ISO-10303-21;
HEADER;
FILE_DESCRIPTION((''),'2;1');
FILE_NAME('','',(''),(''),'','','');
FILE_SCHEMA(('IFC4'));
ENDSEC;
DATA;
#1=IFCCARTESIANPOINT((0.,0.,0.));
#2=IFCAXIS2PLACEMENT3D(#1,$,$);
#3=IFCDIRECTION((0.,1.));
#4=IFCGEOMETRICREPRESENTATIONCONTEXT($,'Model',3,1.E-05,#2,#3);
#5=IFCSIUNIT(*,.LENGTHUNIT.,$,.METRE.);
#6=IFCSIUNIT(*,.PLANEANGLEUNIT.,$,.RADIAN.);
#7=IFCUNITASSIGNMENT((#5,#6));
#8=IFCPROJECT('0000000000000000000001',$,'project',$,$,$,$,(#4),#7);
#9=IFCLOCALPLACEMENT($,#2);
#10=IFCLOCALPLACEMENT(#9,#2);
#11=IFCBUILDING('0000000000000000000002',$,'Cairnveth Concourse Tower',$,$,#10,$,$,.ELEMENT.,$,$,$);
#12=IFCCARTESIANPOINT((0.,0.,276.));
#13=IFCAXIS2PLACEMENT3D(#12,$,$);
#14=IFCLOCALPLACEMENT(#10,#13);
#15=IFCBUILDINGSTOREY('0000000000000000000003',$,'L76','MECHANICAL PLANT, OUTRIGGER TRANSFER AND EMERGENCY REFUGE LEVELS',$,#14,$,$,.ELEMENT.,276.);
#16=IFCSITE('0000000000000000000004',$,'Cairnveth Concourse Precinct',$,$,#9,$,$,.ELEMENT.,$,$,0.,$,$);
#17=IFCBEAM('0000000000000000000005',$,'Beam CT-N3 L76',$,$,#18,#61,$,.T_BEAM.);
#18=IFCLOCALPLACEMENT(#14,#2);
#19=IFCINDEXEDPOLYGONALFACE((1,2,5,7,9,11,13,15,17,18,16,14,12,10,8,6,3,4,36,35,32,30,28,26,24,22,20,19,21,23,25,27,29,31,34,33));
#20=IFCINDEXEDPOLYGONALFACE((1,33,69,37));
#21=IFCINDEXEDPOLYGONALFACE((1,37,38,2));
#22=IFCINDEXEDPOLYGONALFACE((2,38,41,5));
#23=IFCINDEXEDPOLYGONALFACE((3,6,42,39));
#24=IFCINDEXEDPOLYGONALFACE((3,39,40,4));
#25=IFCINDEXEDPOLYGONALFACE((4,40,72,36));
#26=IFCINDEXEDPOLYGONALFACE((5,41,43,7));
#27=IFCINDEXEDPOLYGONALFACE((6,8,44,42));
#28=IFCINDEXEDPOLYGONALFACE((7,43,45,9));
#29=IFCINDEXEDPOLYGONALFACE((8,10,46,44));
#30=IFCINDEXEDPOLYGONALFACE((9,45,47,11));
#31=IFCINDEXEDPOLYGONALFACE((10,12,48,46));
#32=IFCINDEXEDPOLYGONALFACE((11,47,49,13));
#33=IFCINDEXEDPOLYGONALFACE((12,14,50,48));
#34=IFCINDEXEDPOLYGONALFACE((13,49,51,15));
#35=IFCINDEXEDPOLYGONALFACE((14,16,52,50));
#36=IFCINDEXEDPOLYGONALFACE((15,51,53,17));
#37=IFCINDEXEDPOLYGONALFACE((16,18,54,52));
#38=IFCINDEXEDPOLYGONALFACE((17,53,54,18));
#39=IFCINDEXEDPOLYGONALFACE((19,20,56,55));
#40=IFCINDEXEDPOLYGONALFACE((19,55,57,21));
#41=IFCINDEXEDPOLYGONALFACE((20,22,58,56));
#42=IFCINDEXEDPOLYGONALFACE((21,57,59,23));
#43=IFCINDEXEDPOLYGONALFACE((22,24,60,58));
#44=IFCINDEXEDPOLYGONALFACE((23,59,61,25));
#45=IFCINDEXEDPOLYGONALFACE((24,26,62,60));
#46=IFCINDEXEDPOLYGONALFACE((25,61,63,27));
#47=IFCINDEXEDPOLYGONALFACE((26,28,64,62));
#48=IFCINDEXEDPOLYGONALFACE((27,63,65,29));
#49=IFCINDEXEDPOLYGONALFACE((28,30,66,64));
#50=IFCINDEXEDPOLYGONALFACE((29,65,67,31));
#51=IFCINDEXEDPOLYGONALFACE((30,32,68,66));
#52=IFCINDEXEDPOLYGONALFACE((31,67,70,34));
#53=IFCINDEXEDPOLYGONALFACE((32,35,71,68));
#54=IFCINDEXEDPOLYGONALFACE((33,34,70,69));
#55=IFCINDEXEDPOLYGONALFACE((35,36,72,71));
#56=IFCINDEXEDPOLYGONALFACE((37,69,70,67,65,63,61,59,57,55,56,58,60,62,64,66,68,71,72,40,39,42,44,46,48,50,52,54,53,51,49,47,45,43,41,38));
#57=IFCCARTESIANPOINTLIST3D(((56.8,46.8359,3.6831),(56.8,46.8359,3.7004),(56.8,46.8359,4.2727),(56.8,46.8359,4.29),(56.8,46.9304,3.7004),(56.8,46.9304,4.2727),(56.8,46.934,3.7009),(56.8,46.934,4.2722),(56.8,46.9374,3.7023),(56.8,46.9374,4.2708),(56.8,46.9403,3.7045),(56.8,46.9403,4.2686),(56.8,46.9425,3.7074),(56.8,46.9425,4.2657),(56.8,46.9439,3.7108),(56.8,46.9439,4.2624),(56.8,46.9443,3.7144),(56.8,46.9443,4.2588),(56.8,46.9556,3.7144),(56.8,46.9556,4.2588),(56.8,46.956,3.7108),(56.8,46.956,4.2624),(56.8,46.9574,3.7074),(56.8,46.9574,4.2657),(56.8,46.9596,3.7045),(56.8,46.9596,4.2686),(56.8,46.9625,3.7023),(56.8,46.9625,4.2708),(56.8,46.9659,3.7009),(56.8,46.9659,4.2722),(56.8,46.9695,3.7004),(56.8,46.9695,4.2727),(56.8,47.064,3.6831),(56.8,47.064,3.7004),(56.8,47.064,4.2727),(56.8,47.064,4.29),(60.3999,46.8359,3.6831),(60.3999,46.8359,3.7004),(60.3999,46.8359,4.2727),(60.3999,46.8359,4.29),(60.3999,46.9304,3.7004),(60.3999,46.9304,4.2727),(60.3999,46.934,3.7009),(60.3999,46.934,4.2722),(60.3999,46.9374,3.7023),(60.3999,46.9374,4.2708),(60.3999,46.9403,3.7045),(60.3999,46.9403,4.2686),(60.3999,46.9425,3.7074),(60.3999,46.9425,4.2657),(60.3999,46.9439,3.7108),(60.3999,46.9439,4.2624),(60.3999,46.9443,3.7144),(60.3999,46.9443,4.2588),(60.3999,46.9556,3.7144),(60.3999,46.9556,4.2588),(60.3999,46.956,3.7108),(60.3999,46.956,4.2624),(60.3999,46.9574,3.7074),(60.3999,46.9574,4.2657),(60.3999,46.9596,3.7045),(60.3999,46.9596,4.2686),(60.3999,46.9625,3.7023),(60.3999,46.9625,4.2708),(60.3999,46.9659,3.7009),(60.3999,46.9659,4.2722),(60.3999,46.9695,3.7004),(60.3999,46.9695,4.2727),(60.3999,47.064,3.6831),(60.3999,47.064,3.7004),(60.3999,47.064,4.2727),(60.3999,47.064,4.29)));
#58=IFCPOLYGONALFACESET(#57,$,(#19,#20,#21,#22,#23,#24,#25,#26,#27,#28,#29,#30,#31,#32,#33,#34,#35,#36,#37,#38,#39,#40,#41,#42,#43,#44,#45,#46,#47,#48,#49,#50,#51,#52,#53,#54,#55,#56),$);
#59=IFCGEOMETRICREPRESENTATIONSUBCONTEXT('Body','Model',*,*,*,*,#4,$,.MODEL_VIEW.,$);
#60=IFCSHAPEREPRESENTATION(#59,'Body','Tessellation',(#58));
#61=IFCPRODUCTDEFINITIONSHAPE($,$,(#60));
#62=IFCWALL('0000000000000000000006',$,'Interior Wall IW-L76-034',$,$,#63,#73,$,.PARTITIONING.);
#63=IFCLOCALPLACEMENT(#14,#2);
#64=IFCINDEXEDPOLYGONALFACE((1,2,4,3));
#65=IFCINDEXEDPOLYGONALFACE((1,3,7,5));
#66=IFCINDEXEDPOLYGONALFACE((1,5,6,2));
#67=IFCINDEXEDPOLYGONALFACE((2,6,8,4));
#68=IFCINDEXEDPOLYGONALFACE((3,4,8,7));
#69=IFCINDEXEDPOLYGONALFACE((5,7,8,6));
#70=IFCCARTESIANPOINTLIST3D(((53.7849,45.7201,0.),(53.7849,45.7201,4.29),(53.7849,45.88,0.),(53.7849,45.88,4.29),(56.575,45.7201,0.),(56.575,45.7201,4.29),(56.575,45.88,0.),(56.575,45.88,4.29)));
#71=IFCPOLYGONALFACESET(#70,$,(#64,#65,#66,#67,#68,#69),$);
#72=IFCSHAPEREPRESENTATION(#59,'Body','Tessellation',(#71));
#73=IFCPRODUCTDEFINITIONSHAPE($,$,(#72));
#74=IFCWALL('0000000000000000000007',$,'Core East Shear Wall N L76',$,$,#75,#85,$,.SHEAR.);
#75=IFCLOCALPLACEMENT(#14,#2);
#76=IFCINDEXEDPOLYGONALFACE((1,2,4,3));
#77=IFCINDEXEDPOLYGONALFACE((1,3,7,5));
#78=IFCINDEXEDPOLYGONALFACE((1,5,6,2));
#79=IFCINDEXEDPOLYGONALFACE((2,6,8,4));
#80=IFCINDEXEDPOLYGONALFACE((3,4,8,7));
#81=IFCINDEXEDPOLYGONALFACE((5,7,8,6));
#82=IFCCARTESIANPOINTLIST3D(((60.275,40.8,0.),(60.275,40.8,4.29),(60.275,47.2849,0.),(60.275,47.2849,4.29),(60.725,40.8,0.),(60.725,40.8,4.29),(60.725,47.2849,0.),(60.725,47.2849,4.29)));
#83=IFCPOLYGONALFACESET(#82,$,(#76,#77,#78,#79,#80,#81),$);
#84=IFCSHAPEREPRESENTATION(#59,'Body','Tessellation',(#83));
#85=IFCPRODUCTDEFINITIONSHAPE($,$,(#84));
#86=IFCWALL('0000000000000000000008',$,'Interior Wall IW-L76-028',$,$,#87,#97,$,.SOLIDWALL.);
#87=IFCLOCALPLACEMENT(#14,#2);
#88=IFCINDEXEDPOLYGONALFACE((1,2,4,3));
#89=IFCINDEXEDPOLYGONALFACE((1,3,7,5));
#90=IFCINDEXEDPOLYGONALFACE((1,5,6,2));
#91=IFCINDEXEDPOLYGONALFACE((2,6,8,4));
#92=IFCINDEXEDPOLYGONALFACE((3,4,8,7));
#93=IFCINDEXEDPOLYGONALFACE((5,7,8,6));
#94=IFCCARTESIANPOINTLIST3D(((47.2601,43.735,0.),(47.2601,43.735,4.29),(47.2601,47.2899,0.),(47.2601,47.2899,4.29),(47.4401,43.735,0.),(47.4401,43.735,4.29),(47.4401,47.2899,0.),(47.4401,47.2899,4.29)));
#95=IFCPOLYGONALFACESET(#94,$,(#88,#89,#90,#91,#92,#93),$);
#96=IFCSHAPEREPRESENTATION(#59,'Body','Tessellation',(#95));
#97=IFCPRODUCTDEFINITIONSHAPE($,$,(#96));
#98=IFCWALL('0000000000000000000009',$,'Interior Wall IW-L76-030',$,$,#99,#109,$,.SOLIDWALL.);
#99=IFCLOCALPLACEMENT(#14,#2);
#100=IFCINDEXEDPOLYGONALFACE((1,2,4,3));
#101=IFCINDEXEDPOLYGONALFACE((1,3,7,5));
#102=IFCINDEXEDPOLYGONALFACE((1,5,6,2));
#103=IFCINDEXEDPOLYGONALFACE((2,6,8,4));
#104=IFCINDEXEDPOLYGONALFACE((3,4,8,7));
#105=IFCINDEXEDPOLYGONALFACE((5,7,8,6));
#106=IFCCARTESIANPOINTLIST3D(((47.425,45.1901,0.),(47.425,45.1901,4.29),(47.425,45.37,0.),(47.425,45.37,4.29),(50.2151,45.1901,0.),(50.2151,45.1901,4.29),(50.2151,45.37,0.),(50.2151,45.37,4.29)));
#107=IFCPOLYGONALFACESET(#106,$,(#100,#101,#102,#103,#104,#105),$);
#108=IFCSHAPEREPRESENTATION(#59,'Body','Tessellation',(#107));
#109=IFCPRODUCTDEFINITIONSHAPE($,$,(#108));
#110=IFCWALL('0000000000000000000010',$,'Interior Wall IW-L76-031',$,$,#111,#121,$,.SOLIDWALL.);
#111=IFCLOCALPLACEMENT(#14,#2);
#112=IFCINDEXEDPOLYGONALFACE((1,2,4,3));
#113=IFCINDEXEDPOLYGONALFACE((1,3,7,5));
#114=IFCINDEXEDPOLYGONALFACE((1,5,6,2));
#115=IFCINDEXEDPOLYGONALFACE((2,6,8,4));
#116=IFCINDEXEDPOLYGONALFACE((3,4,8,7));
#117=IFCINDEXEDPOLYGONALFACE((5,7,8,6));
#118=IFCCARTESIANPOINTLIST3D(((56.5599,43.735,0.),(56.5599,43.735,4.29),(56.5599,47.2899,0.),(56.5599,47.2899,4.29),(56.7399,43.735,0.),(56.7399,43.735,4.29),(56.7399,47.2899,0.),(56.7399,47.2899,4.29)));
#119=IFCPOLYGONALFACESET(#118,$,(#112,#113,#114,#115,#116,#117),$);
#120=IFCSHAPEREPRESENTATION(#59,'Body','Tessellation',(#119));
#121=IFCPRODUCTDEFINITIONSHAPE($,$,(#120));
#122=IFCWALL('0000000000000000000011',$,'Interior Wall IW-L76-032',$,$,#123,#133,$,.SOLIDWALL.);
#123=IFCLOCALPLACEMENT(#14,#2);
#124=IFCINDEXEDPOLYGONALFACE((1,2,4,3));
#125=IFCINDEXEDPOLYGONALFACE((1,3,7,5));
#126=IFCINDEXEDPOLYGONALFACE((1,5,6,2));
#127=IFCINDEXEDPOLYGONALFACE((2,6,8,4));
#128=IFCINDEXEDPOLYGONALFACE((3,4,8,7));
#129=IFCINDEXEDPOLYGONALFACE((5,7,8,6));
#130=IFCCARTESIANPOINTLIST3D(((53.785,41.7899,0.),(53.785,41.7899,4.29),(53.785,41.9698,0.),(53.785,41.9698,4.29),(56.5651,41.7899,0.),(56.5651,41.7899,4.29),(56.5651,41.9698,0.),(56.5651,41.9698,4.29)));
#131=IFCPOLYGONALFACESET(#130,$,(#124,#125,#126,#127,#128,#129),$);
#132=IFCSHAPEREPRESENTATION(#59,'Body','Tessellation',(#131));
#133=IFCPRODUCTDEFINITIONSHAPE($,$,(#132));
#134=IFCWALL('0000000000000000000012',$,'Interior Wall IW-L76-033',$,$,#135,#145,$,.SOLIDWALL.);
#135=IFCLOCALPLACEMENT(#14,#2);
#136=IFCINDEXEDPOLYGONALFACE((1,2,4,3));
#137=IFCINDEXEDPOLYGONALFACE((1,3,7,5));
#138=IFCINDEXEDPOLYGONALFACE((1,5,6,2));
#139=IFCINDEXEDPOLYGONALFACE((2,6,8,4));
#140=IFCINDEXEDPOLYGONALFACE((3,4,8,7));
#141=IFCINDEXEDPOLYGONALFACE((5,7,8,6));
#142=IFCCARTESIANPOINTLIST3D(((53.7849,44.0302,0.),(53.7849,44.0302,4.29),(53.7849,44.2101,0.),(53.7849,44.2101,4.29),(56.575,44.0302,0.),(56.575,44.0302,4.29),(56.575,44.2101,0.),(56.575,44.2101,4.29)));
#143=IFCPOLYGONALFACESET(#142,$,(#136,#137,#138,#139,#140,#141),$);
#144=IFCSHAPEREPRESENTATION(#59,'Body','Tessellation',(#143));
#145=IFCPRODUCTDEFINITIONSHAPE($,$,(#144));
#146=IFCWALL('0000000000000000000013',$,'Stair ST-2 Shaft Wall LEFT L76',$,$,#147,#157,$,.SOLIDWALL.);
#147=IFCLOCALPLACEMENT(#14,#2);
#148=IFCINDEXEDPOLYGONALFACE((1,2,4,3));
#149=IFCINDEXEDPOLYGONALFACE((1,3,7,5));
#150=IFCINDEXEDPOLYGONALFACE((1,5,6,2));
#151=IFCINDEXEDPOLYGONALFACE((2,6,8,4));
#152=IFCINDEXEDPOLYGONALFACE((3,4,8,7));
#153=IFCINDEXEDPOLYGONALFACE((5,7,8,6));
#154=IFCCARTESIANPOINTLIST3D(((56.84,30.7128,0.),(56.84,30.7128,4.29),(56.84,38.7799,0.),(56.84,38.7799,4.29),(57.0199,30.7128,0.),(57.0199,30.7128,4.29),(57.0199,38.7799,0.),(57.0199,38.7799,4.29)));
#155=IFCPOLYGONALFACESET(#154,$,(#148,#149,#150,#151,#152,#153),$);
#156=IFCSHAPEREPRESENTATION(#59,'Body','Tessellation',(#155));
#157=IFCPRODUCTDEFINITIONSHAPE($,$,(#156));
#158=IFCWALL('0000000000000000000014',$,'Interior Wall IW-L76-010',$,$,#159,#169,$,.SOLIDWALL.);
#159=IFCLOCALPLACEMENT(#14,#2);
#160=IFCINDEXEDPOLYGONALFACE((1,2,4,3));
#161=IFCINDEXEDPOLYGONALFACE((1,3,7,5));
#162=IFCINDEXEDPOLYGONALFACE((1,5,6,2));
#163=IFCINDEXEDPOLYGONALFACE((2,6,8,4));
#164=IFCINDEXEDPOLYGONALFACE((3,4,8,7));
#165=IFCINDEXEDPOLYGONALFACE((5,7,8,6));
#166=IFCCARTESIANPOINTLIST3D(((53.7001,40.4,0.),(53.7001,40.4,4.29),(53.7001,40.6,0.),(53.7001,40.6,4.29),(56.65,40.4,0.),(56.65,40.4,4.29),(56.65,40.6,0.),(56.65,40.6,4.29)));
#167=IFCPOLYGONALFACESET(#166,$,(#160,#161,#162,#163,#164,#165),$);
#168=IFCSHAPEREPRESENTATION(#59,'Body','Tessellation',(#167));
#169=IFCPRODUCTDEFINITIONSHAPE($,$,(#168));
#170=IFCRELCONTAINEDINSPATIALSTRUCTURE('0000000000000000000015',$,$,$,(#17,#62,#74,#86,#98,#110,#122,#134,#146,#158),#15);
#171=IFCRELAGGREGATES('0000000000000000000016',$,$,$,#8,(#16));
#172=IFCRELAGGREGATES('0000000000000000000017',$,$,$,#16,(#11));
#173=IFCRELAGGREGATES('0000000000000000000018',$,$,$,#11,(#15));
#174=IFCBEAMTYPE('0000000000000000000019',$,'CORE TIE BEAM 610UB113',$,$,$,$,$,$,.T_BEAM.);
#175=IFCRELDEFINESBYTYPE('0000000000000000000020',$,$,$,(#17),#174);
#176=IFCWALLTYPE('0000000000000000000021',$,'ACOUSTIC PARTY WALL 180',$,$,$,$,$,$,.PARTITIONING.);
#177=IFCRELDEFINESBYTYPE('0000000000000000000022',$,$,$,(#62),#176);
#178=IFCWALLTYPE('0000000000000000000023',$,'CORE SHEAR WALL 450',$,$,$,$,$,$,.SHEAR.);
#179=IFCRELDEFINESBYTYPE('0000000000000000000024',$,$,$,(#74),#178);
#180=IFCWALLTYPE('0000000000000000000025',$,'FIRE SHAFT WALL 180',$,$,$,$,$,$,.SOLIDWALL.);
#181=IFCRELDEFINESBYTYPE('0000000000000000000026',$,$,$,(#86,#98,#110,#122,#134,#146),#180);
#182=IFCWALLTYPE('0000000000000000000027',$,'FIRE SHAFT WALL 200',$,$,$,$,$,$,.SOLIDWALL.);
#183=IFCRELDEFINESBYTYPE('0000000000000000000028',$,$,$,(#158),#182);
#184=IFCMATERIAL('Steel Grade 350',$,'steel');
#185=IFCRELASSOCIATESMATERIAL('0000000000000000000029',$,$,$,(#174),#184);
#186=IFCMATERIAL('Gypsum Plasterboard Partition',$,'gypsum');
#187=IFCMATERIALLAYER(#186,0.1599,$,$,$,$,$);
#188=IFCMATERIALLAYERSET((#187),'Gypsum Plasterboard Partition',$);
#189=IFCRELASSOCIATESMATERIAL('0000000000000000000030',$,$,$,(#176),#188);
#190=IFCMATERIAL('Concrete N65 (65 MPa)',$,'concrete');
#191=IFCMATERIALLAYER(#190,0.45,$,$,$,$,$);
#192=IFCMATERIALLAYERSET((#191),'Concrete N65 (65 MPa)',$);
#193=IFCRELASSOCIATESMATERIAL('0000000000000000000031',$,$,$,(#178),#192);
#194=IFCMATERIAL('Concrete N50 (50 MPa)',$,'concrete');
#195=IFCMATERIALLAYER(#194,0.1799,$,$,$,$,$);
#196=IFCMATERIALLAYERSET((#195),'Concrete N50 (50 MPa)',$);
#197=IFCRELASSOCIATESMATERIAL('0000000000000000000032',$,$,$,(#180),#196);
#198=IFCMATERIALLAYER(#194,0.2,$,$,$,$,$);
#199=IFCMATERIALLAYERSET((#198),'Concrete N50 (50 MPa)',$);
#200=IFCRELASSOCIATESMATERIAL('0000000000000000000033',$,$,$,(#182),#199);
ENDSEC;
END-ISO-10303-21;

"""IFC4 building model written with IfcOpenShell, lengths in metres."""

from ifc_helpers import new_model, si_unit, direction, frame, frame_2d, origin, origin_2d, place, context, subcontext, project, spatial, rectangle, i_section, extrude, material, layer, layer_set, material_profile, profile_set, type_object, element, save


model = new_model("IFC4")

# Units and contexts
model_context = context("Model", 3, precision=1e-05, world=origin(), true_north=direction((0.0, 1.0)))
body_context = subcontext(model_context, "Body", "Model", "MODEL_VIEW")
ifc_project = project(units=[si_unit("LENGTHUNIT", "METRE"), si_unit("PLANEANGLEUNIT", "RADIAN")], contexts=[model_context])

# Site, building, storey
site_placement = place(None, origin())
site = spatial("IfcSite", under=ifc_project, at=site_placement, Name="Cairnveth Concourse Precinct", CompositionType="ELEMENT", RefElevation=0.0)
building_placement = place(site_placement, origin())
building = spatial("IfcBuilding", under=site, at=building_placement, Name="Cairnveth Concourse Tower", CompositionType="ELEMENT")
storey_placement = place(building_placement, frame((0.0, 0.0, 276.0)))
storey = spatial("IfcBuildingStorey", under=building, at=storey_placement, Name="L76", Description="MECHANICAL PLANT, OUTRIGGER TRANSFER AND EMERGENCY REFUGE LEVELS", CompositionType="ELEMENT", Elevation=276.0)

# Beam
ifc_material_1 = material(Name="Steel Grade 350", Category="steel")
ifc_material_profile = material_profile(ifc_material_1, i_section(OverallWidth=0.228, OverallDepth=0.6069, WebThickness=0.0112, FlangeThickness=0.0173, FilletRadius=0.0139, at=origin_2d()), Name="610UB113")
ifc_profile_set = profile_set([ifc_material_profile], Name="Steel Grade 350")
beam_type = type_object("IfcBeamType", Name="CORE TIE BEAM 610UB113", PredefinedType="T_BEAM", material=ifc_profile_set)
beam_placement = place(storey_placement, frame((56.8, 46.95, 3.9866), z_axis=(1.0, 0.0, 0.0), x_axis=(0.0, 1.0, 0.0)))
element("IfcBeam", 1, at=beam_placement, inside=storey, type_object=beam_type, Name="Beam CT-N3 L76", PredefinedType="T_BEAM", context=body_context, shape_type="SweptSolid", body=[
    extrude(i_section(OverallWidth=0.228, OverallDepth=0.6069, WebThickness=0.0112, FlangeThickness=0.0173, FilletRadius=0.0139, at=origin_2d()), origin(), (0.0, 0.0, 1.0), 3.5999),
])

# Walls
ifc_material_2 = material(Name="Gypsum Plasterboard Partition", Category="gypsum")
ifc_layer_1 = layer(ifc_material_2, 0.1599)
ifc_layer_set_1 = layer_set([ifc_layer_1], Name="Gypsum Plasterboard Partition")
wall_type_1 = type_object("IfcWallType", Name="ACOUSTIC PARTY WALL 180", PredefinedType="PARTITIONING", material=ifc_layer_set_1)
wall_1_placement = place(storey_placement, frame((53.7849, 45.8, 0.0), z_axis=(0.0, 0.0, 1.0), x_axis=(1.0, 0.0, 0.0)))
element("IfcWall", 2, at=wall_1_placement, inside=storey, type_object=wall_type_1, Name="Interior Wall IW-L76-034", PredefinedType="PARTITIONING", context=body_context, shape_type="SweptSolid", body=[
    extrude(rectangle(XDim=2.79, YDim=0.1599, at=frame_2d((1.395, 0.0))), origin(), (0.0, 0.0, 1.0), 4.29),
])
ifc_material_3 = material(Name="Concrete N65 (65 MPa)", Category="concrete")
ifc_layer_2 = layer(ifc_material_3, 0.45)
ifc_layer_set_2 = layer_set([ifc_layer_2], Name="Concrete N65 (65 MPa)")
wall_type_2 = type_object("IfcWallType", Name="CORE SHEAR WALL 450", PredefinedType="SHEAR", material=ifc_layer_set_2)
wall_2_placement = place(storey_placement, frame((60.5, 40.8, 0.0), z_axis=(0.0, 0.0, 1.0), x_axis=(0.0, 1.0, 0.0)))
element("IfcWall", 3, at=wall_2_placement, inside=storey, type_object=wall_type_2, Name="Core East Shear Wall N L76", PredefinedType="SHEAR", context=body_context, shape_type="SweptSolid", body=[
    extrude(rectangle(XDim=6.4849, YDim=0.45, at=frame_2d((3.2424, 0.0))), origin(), (0.0, 0.0, 1.0), 4.29),
])
ifc_material_4 = material(Name="Concrete N50 (50 MPa)", Category="concrete")
ifc_layer_3 = layer(ifc_material_4, 0.1799)
ifc_layer_set_3 = layer_set([ifc_layer_3], Name="Concrete N50 (50 MPa)")
wall_type_3 = type_object("IfcWallType", Name="FIRE SHAFT WALL 180", PredefinedType="SOLIDWALL", material=ifc_layer_set_3)
wall_3_placement = place(storey_placement, frame((47.3501, 43.7351, 0.0), z_axis=(0.0, 0.0, 1.0), x_axis=(0.0, 1.0, 0.0)))
element("IfcWall", 4, at=wall_3_placement, inside=storey, type_object=wall_type_3, Name="Interior Wall IW-L76-028", PredefinedType="SOLIDWALL", context=body_context, shape_type="SweptSolid", body=[
    extrude(rectangle(XDim=3.5549, YDim=0.1799, at=frame_2d((1.7773, 0.0))), origin(), (0.0, 0.0, 1.0), 4.29),
])
wall_4_placement = place(storey_placement, frame((47.425, 45.28, 0.0), z_axis=(0.0, 0.0, 1.0), x_axis=(1.0, 0.0, 0.0)))
element("IfcWall", 5, at=wall_4_placement, inside=storey, type_object=wall_type_3, Name="Interior Wall IW-L76-030", PredefinedType="SOLIDWALL", context=body_context, shape_type="SweptSolid", body=[
    extrude(rectangle(XDim=2.79, YDim=0.1799, at=frame_2d((1.395, 0.0))), origin(), (0.0, 0.0, 1.0), 4.29),
])
wall_5_placement = place(storey_placement, frame((56.6499, 43.7351, 0.0), z_axis=(0.0, 0.0, 1.0), x_axis=(0.0, 1.0, 0.0)))
element("IfcWall", 6, at=wall_5_placement, inside=storey, type_object=wall_type_3, Name="Interior Wall IW-L76-031", PredefinedType="SOLIDWALL", context=body_context, shape_type="SweptSolid", body=[
    extrude(rectangle(XDim=3.5549, YDim=0.1799, at=frame_2d((1.7773, 0.0))), origin(), (0.0, 0.0, 1.0), 4.29),
])
wall_6_placement = place(storey_placement, frame((53.7849, 41.8799, 0.0), z_axis=(0.0, 0.0, 1.0), x_axis=(1.0, 0.0, 0.0)))
element("IfcWall", 7, at=wall_6_placement, inside=storey, type_object=wall_type_3, Name="Interior Wall IW-L76-032", PredefinedType="SOLIDWALL", context=body_context, shape_type="SweptSolid", body=[
    extrude(rectangle(XDim=2.78, YDim=0.1799, at=frame_2d((1.3901, 0.0))), origin(), (0.0, 0.0, 1.0), 4.29),
])
wall_7_placement = place(storey_placement, frame((53.7849, 44.1201, 0.0), z_axis=(0.0, 0.0, 1.0), x_axis=(1.0, 0.0, 0.0)))
element("IfcWall", 8, at=wall_7_placement, inside=storey, type_object=wall_type_3, Name="Interior Wall IW-L76-033", PredefinedType="SOLIDWALL", context=body_context, shape_type="SweptSolid", body=[
    extrude(rectangle(XDim=2.79, YDim=0.1799, at=frame_2d((1.395, 0.0))), origin(), (0.0, 0.0, 1.0), 4.29),
])
wall_8_placement = place(storey_placement, frame((56.9299, 38.78, 0.0), z_axis=(0.0, 0.0, 1.0), x_axis=(0.0, -1.0, 0.0)))
element("IfcWall", 9, at=wall_8_placement, inside=storey, type_object=wall_type_3, Name="Stair ST-2 Shaft Wall LEFT L76", PredefinedType="SOLIDWALL", context=body_context, shape_type="SweptSolid", body=[
    extrude(rectangle(XDim=8.0671, YDim=0.1799, at=frame_2d((4.0337, 0.0))), origin(), (0.0, 0.0, 1.0), 4.29),
])
ifc_layer_4 = layer(ifc_material_4, 0.2)
ifc_layer_set_4 = layer_set([ifc_layer_4], Name="Concrete N50 (50 MPa)")
wall_type_4 = type_object("IfcWallType", Name="FIRE SHAFT WALL 200", PredefinedType="SOLIDWALL", material=ifc_layer_set_4)
wall_9_placement = place(storey_placement, frame((53.7, 40.5, 0.0), z_axis=(0.0, 0.0, 1.0), x_axis=(1.0, 0.0, 0.0)))
element("IfcWall", 10, at=wall_9_placement, inside=storey, type_object=wall_type_4, Name="Interior Wall IW-L76-010", PredefinedType="SOLIDWALL", context=body_context, shape_type="SweptSolid", body=[
    extrude(rectangle(XDim=2.95, YDim=0.2, at=frame_2d((1.4751, 0.0))), origin(), (0.0, 0.0, 1.0), 4.29),
])

save(model, "model.ifc")
